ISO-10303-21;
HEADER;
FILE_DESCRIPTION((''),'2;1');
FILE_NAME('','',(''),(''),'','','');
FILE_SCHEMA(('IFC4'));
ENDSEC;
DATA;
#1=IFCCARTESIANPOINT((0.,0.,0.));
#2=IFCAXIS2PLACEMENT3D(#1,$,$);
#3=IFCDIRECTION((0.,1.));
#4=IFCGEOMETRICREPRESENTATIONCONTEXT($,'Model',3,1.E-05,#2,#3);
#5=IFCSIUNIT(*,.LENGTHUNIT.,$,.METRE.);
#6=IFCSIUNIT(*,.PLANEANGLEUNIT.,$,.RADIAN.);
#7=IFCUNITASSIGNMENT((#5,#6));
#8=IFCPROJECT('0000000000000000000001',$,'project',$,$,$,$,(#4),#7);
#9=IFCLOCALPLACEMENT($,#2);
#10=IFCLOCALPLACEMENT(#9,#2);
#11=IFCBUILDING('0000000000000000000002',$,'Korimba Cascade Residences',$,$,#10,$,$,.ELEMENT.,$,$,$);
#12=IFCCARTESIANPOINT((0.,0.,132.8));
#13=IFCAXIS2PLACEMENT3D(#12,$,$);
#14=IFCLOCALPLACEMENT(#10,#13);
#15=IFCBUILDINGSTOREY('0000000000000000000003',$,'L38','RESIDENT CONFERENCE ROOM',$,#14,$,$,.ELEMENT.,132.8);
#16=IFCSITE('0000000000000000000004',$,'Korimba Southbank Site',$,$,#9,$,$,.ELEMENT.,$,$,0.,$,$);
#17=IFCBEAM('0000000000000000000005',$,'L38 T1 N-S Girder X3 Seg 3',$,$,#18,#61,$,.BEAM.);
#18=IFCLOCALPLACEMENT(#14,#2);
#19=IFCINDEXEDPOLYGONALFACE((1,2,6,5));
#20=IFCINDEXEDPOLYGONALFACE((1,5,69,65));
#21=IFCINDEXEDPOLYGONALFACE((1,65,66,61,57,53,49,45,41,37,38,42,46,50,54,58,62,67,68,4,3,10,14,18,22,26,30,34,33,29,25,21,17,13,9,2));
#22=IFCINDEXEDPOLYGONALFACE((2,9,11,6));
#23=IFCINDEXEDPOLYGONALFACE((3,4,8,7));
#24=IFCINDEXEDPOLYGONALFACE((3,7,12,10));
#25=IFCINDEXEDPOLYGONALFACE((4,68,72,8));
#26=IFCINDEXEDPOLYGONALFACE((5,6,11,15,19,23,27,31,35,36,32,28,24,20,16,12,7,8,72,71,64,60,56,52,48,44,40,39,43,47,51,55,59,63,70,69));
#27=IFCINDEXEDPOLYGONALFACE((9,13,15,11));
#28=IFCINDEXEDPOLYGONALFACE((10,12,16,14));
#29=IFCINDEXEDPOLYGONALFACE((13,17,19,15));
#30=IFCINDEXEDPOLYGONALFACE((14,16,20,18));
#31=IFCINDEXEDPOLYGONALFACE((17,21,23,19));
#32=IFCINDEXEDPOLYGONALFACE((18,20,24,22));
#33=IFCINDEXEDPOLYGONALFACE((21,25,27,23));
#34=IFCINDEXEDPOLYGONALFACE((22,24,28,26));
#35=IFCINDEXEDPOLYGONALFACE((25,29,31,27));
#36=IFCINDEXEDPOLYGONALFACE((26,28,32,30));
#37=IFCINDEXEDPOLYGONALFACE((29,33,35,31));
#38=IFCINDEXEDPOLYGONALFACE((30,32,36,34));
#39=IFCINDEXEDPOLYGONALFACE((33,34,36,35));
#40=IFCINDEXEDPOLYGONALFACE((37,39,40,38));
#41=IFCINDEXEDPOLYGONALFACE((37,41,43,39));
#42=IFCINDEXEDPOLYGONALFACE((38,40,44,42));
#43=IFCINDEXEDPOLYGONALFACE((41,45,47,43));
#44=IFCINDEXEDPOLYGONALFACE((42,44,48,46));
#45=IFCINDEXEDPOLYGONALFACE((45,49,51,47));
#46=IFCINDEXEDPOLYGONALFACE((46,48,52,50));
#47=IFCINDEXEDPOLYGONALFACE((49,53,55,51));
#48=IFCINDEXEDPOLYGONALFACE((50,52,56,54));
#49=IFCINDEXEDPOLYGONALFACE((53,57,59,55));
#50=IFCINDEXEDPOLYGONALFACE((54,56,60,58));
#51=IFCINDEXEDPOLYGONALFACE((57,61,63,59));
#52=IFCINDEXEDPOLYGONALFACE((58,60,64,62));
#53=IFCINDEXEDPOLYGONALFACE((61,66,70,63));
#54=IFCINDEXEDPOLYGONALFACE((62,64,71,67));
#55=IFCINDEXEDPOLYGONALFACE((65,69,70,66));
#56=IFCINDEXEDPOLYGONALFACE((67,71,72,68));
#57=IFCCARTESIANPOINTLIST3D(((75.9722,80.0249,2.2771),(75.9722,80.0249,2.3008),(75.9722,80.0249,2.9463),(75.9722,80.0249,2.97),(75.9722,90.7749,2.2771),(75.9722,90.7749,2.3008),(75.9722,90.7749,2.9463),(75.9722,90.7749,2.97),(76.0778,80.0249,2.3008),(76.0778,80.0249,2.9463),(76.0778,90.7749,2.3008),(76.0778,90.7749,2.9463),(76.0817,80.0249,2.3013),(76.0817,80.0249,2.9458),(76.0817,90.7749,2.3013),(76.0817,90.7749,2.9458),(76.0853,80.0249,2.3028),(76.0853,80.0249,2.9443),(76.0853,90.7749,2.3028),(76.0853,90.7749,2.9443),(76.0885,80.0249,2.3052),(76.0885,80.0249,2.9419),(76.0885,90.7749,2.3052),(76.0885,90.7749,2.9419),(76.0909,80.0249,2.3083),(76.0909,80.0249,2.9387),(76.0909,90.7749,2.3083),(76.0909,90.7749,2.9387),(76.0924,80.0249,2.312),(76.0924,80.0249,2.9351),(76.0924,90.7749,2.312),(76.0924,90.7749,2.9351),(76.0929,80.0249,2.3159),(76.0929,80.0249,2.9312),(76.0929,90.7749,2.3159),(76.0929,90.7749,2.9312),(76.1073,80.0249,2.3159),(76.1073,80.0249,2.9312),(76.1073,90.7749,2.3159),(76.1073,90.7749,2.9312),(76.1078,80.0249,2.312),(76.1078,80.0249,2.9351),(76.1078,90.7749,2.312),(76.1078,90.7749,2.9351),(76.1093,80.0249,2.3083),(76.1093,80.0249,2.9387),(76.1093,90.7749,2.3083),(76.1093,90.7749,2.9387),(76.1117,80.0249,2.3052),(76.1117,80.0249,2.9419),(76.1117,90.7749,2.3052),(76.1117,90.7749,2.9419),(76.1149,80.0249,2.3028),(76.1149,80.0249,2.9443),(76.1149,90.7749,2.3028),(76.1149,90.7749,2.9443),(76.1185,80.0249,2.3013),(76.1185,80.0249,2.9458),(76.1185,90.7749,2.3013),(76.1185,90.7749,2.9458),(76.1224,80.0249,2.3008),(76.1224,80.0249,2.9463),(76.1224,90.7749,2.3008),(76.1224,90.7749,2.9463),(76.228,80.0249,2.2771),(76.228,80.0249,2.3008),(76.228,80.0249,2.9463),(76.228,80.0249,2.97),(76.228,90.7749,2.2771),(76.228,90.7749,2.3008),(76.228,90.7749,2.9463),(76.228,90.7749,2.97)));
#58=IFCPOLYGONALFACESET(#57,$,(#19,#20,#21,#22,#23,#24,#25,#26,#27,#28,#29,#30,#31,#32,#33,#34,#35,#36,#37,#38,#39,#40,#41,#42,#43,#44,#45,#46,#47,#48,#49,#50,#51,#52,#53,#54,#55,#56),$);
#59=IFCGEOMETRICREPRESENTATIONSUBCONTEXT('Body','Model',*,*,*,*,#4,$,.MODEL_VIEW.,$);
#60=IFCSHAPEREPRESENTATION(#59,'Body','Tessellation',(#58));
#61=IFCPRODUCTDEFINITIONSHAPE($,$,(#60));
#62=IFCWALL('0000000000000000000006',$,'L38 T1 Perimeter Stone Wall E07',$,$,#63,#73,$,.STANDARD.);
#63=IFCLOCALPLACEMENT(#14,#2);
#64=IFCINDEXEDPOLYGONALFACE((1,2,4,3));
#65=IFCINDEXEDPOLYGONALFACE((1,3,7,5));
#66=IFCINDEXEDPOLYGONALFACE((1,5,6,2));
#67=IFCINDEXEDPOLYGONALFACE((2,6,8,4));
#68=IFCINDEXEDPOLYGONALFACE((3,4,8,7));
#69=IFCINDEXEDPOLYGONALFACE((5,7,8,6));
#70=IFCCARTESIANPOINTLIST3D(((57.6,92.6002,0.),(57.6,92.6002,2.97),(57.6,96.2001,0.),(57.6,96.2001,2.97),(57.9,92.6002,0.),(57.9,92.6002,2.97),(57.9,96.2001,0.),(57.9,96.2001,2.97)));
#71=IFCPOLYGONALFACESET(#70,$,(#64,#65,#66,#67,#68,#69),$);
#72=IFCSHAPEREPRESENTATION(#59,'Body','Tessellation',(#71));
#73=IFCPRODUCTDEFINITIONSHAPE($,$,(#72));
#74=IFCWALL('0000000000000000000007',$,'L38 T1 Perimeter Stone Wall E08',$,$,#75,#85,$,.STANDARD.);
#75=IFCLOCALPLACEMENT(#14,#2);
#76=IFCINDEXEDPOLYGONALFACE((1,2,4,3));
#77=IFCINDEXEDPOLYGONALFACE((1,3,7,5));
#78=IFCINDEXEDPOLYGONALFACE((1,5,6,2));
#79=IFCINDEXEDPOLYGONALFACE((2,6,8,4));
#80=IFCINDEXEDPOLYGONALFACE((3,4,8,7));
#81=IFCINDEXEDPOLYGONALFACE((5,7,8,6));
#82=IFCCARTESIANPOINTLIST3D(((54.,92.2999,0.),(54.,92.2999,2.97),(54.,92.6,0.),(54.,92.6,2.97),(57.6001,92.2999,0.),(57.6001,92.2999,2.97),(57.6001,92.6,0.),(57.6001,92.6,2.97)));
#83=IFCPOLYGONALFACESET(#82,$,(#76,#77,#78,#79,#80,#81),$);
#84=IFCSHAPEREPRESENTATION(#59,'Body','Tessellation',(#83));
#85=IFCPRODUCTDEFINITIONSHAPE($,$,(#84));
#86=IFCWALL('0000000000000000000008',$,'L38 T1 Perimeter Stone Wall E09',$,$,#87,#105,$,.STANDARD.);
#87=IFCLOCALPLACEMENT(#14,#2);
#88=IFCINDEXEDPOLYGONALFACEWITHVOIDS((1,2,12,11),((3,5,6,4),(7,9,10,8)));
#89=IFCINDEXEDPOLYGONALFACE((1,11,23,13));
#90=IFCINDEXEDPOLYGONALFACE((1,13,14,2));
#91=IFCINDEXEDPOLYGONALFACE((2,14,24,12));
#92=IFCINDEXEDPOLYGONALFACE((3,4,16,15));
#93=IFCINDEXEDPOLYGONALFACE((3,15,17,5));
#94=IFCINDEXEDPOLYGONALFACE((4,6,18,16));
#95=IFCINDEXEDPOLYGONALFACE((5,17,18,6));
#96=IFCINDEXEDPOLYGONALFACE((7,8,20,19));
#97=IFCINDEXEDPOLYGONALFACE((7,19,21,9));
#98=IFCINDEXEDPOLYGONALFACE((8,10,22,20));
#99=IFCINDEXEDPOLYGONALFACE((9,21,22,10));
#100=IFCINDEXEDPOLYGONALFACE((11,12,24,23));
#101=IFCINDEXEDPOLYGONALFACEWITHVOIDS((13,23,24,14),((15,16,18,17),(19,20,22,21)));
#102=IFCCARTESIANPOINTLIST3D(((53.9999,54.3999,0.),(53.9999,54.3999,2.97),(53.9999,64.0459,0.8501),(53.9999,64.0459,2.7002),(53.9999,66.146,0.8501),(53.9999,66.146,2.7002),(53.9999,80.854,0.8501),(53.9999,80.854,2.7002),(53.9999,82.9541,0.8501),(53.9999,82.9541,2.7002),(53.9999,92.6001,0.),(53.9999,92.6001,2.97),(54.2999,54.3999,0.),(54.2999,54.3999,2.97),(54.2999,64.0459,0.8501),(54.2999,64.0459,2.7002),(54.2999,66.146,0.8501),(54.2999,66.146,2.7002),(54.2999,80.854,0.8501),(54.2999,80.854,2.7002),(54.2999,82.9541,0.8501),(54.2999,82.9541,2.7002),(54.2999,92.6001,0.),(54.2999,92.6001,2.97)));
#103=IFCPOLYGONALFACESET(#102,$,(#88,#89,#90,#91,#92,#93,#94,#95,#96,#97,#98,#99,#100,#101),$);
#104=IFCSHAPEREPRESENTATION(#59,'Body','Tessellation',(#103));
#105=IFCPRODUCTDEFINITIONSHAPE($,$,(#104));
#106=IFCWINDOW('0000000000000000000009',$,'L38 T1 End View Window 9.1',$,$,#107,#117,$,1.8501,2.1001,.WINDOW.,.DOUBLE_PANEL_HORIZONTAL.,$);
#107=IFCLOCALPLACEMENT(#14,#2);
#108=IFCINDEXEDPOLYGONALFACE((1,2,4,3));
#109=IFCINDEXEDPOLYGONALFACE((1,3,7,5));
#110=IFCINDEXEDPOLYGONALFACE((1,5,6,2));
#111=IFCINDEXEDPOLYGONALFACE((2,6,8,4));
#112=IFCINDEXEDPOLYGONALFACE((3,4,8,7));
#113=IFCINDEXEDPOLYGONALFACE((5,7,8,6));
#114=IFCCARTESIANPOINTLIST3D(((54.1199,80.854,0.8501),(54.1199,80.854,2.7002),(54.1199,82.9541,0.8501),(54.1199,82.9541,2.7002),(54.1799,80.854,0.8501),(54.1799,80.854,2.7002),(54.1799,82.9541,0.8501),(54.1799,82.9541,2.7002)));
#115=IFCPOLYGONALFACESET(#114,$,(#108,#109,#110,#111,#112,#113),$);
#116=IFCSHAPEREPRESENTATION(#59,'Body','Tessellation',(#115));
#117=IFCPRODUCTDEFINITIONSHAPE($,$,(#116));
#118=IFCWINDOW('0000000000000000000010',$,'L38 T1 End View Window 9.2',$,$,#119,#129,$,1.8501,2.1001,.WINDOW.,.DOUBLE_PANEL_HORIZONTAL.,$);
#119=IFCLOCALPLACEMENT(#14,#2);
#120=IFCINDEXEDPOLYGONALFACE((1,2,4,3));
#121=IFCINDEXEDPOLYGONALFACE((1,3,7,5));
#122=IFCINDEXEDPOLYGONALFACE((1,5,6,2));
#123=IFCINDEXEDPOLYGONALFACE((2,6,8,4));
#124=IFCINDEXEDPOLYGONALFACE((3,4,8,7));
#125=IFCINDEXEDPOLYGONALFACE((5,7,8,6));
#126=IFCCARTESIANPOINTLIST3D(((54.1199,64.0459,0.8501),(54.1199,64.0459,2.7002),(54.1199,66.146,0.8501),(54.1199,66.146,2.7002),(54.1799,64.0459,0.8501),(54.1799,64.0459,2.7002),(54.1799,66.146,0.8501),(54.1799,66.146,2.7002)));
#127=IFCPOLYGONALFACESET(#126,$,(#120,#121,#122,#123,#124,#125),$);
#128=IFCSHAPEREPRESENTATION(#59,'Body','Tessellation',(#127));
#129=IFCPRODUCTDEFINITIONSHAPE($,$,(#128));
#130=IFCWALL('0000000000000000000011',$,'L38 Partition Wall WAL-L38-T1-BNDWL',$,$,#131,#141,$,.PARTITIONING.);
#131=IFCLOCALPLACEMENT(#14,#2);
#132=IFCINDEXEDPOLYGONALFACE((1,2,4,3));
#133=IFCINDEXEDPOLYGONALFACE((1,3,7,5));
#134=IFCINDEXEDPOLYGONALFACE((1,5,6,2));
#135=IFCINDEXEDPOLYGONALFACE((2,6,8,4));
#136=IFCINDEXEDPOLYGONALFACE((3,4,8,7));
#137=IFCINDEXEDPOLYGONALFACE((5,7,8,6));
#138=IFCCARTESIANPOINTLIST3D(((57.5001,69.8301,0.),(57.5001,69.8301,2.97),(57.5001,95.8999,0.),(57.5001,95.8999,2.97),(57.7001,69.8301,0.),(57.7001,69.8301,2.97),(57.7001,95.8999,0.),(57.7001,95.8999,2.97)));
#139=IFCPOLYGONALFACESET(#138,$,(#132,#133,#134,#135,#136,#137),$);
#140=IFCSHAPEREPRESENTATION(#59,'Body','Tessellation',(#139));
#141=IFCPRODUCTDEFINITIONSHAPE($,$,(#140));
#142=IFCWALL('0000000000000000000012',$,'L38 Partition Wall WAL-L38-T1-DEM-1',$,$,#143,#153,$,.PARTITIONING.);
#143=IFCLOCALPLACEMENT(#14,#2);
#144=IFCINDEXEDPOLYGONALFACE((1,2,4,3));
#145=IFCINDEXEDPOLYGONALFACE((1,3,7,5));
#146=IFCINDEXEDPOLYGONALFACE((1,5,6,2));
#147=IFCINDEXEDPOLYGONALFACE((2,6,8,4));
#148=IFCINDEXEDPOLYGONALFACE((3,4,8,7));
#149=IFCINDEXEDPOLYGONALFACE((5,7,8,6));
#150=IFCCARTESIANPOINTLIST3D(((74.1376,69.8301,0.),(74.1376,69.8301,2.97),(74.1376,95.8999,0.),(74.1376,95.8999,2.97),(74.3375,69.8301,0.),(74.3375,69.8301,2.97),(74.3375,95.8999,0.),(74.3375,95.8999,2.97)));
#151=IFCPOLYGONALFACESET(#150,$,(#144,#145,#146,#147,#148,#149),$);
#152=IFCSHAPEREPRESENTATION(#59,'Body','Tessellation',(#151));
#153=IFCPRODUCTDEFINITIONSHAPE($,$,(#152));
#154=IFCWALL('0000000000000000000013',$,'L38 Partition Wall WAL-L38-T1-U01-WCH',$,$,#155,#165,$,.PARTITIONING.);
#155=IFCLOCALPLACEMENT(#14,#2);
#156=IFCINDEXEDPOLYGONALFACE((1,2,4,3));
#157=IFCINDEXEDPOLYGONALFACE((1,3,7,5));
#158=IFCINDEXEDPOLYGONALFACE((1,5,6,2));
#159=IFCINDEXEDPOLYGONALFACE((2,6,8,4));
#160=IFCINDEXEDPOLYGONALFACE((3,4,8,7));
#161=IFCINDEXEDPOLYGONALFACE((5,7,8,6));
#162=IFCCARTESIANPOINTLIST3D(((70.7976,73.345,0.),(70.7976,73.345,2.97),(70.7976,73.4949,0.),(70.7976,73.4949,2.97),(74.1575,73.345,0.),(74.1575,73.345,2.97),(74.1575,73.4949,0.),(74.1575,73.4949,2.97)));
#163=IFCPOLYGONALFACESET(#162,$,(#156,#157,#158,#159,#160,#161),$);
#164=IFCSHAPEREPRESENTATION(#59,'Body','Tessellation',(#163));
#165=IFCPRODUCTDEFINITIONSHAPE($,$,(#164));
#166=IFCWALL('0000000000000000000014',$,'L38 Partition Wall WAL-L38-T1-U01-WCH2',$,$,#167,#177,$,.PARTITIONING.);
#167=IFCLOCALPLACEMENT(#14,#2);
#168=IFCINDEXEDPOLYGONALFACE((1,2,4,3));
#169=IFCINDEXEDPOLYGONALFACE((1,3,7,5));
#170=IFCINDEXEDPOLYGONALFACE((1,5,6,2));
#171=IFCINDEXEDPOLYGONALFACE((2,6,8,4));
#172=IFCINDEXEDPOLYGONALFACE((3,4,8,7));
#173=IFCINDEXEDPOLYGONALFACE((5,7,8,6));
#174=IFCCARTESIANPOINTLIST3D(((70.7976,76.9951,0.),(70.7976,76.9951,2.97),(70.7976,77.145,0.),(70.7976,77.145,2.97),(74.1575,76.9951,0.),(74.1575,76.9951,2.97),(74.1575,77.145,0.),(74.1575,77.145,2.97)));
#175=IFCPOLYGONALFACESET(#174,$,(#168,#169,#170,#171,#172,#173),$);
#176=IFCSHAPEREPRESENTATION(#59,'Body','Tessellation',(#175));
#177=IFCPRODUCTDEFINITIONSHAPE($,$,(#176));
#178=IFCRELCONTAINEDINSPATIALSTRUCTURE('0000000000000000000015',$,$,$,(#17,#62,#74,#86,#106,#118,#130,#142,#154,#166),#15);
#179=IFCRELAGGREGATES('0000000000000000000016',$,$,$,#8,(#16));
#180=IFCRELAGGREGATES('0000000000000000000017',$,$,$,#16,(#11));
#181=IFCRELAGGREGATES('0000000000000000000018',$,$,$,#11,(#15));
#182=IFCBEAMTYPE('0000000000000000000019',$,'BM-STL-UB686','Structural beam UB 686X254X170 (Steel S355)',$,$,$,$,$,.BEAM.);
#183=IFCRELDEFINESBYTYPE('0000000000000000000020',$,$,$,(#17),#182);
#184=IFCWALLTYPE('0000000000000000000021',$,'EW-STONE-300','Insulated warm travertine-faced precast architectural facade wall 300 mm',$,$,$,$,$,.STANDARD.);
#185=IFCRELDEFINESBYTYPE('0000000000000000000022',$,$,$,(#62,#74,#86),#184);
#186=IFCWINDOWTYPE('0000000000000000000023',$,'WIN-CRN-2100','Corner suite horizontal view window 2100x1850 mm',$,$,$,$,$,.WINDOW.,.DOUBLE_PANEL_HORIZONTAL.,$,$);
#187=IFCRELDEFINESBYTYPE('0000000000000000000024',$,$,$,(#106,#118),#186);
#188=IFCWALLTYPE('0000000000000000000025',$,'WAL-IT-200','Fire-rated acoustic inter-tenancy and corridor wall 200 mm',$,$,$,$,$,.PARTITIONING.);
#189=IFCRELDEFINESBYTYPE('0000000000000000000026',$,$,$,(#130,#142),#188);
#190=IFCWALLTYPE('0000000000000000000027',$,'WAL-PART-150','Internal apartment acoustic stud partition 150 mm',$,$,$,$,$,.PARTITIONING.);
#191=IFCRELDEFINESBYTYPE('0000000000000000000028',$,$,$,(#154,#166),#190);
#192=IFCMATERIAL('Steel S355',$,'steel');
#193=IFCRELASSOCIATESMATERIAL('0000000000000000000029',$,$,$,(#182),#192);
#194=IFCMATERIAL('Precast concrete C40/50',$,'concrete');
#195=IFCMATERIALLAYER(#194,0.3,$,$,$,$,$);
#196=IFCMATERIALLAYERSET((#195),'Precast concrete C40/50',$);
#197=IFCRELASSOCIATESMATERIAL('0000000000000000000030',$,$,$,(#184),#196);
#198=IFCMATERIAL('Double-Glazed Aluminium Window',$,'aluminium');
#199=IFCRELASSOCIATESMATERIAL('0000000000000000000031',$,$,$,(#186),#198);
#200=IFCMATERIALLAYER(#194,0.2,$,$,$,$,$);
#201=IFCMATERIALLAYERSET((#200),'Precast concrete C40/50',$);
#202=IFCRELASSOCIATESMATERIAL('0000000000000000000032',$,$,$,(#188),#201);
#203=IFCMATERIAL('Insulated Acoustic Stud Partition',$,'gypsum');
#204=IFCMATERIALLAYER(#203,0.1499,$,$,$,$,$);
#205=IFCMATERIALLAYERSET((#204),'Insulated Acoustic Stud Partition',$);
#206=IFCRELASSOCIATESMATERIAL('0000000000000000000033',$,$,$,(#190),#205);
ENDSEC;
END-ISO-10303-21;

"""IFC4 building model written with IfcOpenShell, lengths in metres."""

from ifc_helpers import new_model, si_unit, direction, frame, frame_2d, origin, origin_2d, place, context, subcontext, project, spatial, rectangle, i_section, extrude, material, layer, layer_set, material_profile, profile_set, type_object, element, fill, save


model = new_model("IFC4")

# Units and contexts
model_context = context("Model", 3, precision=1e-05, world=origin(), true_north=direction((0.0, 1.0)))
body_context = subcontext(model_context, "Body", "Model", "MODEL_VIEW")
ifc_project = project(units=[si_unit("LENGTHUNIT", "METRE"), si_unit("PLANEANGLEUNIT", "RADIAN")], contexts=[model_context])

# Site, building, storey
site_placement = place(None, origin())
site = spatial("IfcSite", under=ifc_project, at=site_placement, Name="Korimba Southbank Site", CompositionType="ELEMENT", RefElevation=0.0)
building_placement = place(site_placement, origin())
building = spatial("IfcBuilding", under=site, at=building_placement, Name="Korimba Cascade Residences", CompositionType="ELEMENT")
storey_placement = place(building_placement, frame((0.0, 0.0, 132.8)))
storey = spatial("IfcBuildingStorey", under=building, at=storey_placement, Name="L38", Description="RESIDENT CONFERENCE ROOM", CompositionType="ELEMENT", Elevation=132.8)

# Beam
ifc_material_1 = material(Name="Steel S355", Category="steel")
ifc_material_profile_1 = material_profile(ifc_material_1, i_section(OverallWidth=0.2559, OverallDepth=0.6929, WebThickness=0.0144, FlangeThickness=0.0237, FilletRadius=0.0151, at=origin_2d()), Name="Steel S355")
ifc_profile_set_1 = profile_set([ifc_material_profile_1], Name="Steel S355")
beam_type_1 = type_object("IfcBeamType", Name="BM-STL-UB686", Description="Structural beam UB 686X254X170 (Steel S355)", PredefinedType="BEAM", material=ifc_profile_set_1)
for number, where, z_axis, x_axis, name in (
    (1, (76.1001, 80.0249, 2.6235), (0.0, 1.0, 0.0), (-1.0, 0.0, 0.0), "L38 T1 N-S Girder X3 Seg 3"),
):
    element("IfcBeam", number, at=place(storey_placement, frame(where, z_axis=z_axis, x_axis=x_axis)), inside=storey, type_object=beam_type_1, Name=name, PredefinedType="BEAM", context=body_context, shape_type="SweptSolid", body=[
        extrude(i_section(OverallWidth=0.2559, OverallDepth=0.6929, WebThickness=0.0144, FlangeThickness=0.0237, FilletRadius=0.0151, at=origin_2d()), origin(), (0.0, 0.0, 1.0), 10.75),
    ])

# Walls
ifc_material_2 = material(Name="Precast concrete C40/50", Category="concrete")
ifc_layer_1 = layer(ifc_material_2, 0.3)
ifc_layer_set_1 = layer_set([ifc_layer_1], Name="Precast concrete C40/50")
wall_type_1 = type_object("IfcWallType", Name="EW-STONE-300", Description="Insulated warm travertine-faced precast architectural facade wall 300 mm", PredefinedType="STANDARD", material=ifc_layer_set_1)
wall_1_placement = place(storey_placement, frame((57.75, 96.2, 0.0), z_axis=(0.0, 0.0, 1.0), x_axis=(0.0, -1.0, 0.0)))
element("IfcWall", 2, at=wall_1_placement, inside=storey, type_object=wall_type_1, Name="L38 T1 Perimeter Stone Wall E07", PredefinedType="STANDARD", context=body_context, shape_type="SweptSolid", body=[
    extrude(rectangle(XDim=3.5999, YDim=0.3, at=frame_2d((1.7998, 0.0))), origin(), (0.0, 0.0, 1.0), 2.97),
])
wall_2_placement = place(storey_placement, frame((57.6001, 92.45, 0.0), z_axis=(0.0, 0.0, 1.0), x_axis=(-1.0, 0.0, 0.0)))
element("IfcWall", 3, at=wall_2_placement, inside=storey, type_object=wall_type_1, Name="L38 T1 Perimeter Stone Wall E08", PredefinedType="STANDARD", context=body_context, shape_type="SweptSolid", body=[
    extrude(rectangle(XDim=3.6001, YDim=0.3, at=frame_2d((1.8, 0.0))), origin(), (0.0, 0.0, 1.0), 2.97),
])

# Wall, openings, windows
wall_3_placement = place(storey_placement, frame((54.1499, 92.6001, 0.0), z_axis=(0.0, 0.0, 1.0), x_axis=(0.0, -1.0, 0.0)))
wall_3 = element("IfcWall", 4, at=wall_3_placement, inside=storey, type_object=wall_type_1, Name="L38 T1 Perimeter Stone Wall E09", PredefinedType="STANDARD", context=body_context, shape_type="SweptSolid", body=[
    extrude(rectangle(XDim=38.2002, YDim=0.3, at=frame_2d((19.1001, 0.0))), origin(), (0.0, 0.0, 1.0), 2.97),
])
opening_1_placement = place(wall_3_placement, frame((9.646, 0.0, 0.8501)))
opening_1 = element("IfcOpeningElement", 5, at=opening_1_placement, cuts=wall_3, PredefinedType="OPENING", context=body_context, shape_type="SweptSolid", body=[
    extrude(rectangle(XDim=2.1001, YDim=1.8501, at=frame_2d((1.05, 0.925))), frame((0.0, 0.1602, 0.0), z_axis=(0.0, -1.0, 0.0), x_axis=(1.0, 0.0, 0.0)), (0.0, 0.0, 1.0), 0.3201),
])
opening_2_placement = place(wall_3_placement, frame((26.4541, 0.0, 0.8501)))
opening_2 = element("IfcOpeningElement", 6, at=opening_2_placement, cuts=wall_3, PredefinedType="OPENING", context=body_context, shape_type="SweptSolid", body=[
    extrude(rectangle(XDim=2.1001, YDim=1.8501, at=frame_2d((1.05, 0.925))), frame((0.0, 0.1602, 0.0), z_axis=(0.0, -1.0, 0.0), x_axis=(1.0, 0.0, 0.0)), (0.0, 0.0, 1.0), 0.3201),
])
ifc_material_3 = material(Name="Double-Glazed Aluminium Window", Category="aluminium")
window_type = type_object("IfcWindowType", Name="WIN-CRN-2100", Description="Corner suite horizontal view window 2100x1850 mm", PartitioningType="DOUBLE_PANEL_HORIZONTAL", PredefinedType="WINDOW", material=ifc_material_3)
window_1_placement = place(opening_1_placement, origin())
window_1 = element("IfcWindow", 7, at=window_1_placement, inside=storey, type_object=window_type, Name="L38 T1 End View Window 9.1", OverallHeight=1.8501, OverallWidth=2.1001, PartitioningType="DOUBLE_PANEL_HORIZONTAL", PredefinedType="WINDOW", context=body_context, shape_type="SweptSolid", body=[
    extrude(rectangle(XDim=2.1001, YDim=1.8501, at=frame_2d((1.05, 0.925))), frame((0.0, 0.03, 0.0), z_axis=(0.0, -1.0, 0.0), x_axis=(1.0, 0.0, 0.0)), (0.0, 0.0, 1.0), 0.0601),
])
fill(opening_1, window_1)
window_2_placement = place(opening_2_placement, origin())
window_2 = element("IfcWindow", 8, at=window_2_placement, inside=storey, type_object=window_type, Name="L38 T1 End View Window 9.2", OverallHeight=1.8501, OverallWidth=2.1001, PartitioningType="DOUBLE_PANEL_HORIZONTAL", PredefinedType="WINDOW", context=body_context, shape_type="SweptSolid", body=[
    extrude(rectangle(XDim=2.1001, YDim=1.8501, at=frame_2d((1.05, 0.925))), frame((0.0, 0.03, 0.0), z_axis=(0.0, -1.0, 0.0), x_axis=(1.0, 0.0, 0.0)), (0.0, 0.0, 1.0), 0.0601),
])
fill(opening_2, window_2)

# Walls
ifc_layer_2 = layer(ifc_material_2, 0.2)
ifc_layer_set_2 = layer_set([ifc_layer_2], Name="Precast concrete C40/50")
wall_type_2 = type_object("IfcWallType", Name="WAL-IT-200", Description="Fire-rated acoustic inter-tenancy and corridor wall 200 mm", PredefinedType="PARTITIONING", material=ifc_layer_set_2)
for number, where, z_axis, x_axis, name in (
    (9, (57.6001, 69.8301, 0.0), (0.0, 0.0, 1.0), (0.0, 1.0, 0.0), "L38 Partition Wall WAL-L38-T1-BNDWL"),
    (10, (74.2375, 69.8301, 0.0), (0.0, 0.0, 1.0), (0.0, 1.0, 0.0), "L38 Partition Wall WAL-L38-T1-DEM-1"),
):
    element("IfcWall", number, at=place(storey_placement, frame(where, z_axis=z_axis, x_axis=x_axis)), inside=storey, type_object=wall_type_2, Name=name, PredefinedType="PARTITIONING", context=body_context, shape_type="SweptSolid", body=[
        extrude(rectangle(XDim=26.0698, YDim=0.2, at=frame_2d((13.0349, 0.0))), origin(), (0.0, 0.0, 1.0), 2.97),
    ])
ifc_material_4 = material(Name="Insulated Acoustic Stud Partition", Category="gypsum")
ifc_layer_3 = layer(ifc_material_4, 0.1499)
ifc_layer_set_3 = layer_set([ifc_layer_3], Name="Insulated Acoustic Stud Partition")
wall_type_3 = type_object("IfcWallType", Name="WAL-PART-150", Description="Internal apartment acoustic stud partition 150 mm", PredefinedType="PARTITIONING", material=ifc_layer_set_3)
for number, where, z_axis, x_axis, name in (
    (11, (70.7976, 73.4199, 0.0), (0.0, 0.0, 1.0), (1.0, 0.0, 0.0), "L38 Partition Wall WAL-L38-T1-U01-WCH"),
    (12, (70.7976, 77.0701, 0.0), (0.0, 0.0, 1.0), (1.0, 0.0, 0.0), "L38 Partition Wall WAL-L38-T1-U01-WCH2"),
):
    element("IfcWall", number, at=place(storey_placement, frame(where, z_axis=z_axis, x_axis=x_axis)), inside=storey, type_object=wall_type_3, Name=name, PredefinedType="PARTITIONING", context=body_context, shape_type="SweptSolid", body=[
        extrude(rectangle(XDim=3.3599, YDim=0.1499, at=frame_2d((1.6799, 0.0))), origin(), (0.0, 0.0, 1.0), 2.97),
    ])

save(model, "model.ifc")
